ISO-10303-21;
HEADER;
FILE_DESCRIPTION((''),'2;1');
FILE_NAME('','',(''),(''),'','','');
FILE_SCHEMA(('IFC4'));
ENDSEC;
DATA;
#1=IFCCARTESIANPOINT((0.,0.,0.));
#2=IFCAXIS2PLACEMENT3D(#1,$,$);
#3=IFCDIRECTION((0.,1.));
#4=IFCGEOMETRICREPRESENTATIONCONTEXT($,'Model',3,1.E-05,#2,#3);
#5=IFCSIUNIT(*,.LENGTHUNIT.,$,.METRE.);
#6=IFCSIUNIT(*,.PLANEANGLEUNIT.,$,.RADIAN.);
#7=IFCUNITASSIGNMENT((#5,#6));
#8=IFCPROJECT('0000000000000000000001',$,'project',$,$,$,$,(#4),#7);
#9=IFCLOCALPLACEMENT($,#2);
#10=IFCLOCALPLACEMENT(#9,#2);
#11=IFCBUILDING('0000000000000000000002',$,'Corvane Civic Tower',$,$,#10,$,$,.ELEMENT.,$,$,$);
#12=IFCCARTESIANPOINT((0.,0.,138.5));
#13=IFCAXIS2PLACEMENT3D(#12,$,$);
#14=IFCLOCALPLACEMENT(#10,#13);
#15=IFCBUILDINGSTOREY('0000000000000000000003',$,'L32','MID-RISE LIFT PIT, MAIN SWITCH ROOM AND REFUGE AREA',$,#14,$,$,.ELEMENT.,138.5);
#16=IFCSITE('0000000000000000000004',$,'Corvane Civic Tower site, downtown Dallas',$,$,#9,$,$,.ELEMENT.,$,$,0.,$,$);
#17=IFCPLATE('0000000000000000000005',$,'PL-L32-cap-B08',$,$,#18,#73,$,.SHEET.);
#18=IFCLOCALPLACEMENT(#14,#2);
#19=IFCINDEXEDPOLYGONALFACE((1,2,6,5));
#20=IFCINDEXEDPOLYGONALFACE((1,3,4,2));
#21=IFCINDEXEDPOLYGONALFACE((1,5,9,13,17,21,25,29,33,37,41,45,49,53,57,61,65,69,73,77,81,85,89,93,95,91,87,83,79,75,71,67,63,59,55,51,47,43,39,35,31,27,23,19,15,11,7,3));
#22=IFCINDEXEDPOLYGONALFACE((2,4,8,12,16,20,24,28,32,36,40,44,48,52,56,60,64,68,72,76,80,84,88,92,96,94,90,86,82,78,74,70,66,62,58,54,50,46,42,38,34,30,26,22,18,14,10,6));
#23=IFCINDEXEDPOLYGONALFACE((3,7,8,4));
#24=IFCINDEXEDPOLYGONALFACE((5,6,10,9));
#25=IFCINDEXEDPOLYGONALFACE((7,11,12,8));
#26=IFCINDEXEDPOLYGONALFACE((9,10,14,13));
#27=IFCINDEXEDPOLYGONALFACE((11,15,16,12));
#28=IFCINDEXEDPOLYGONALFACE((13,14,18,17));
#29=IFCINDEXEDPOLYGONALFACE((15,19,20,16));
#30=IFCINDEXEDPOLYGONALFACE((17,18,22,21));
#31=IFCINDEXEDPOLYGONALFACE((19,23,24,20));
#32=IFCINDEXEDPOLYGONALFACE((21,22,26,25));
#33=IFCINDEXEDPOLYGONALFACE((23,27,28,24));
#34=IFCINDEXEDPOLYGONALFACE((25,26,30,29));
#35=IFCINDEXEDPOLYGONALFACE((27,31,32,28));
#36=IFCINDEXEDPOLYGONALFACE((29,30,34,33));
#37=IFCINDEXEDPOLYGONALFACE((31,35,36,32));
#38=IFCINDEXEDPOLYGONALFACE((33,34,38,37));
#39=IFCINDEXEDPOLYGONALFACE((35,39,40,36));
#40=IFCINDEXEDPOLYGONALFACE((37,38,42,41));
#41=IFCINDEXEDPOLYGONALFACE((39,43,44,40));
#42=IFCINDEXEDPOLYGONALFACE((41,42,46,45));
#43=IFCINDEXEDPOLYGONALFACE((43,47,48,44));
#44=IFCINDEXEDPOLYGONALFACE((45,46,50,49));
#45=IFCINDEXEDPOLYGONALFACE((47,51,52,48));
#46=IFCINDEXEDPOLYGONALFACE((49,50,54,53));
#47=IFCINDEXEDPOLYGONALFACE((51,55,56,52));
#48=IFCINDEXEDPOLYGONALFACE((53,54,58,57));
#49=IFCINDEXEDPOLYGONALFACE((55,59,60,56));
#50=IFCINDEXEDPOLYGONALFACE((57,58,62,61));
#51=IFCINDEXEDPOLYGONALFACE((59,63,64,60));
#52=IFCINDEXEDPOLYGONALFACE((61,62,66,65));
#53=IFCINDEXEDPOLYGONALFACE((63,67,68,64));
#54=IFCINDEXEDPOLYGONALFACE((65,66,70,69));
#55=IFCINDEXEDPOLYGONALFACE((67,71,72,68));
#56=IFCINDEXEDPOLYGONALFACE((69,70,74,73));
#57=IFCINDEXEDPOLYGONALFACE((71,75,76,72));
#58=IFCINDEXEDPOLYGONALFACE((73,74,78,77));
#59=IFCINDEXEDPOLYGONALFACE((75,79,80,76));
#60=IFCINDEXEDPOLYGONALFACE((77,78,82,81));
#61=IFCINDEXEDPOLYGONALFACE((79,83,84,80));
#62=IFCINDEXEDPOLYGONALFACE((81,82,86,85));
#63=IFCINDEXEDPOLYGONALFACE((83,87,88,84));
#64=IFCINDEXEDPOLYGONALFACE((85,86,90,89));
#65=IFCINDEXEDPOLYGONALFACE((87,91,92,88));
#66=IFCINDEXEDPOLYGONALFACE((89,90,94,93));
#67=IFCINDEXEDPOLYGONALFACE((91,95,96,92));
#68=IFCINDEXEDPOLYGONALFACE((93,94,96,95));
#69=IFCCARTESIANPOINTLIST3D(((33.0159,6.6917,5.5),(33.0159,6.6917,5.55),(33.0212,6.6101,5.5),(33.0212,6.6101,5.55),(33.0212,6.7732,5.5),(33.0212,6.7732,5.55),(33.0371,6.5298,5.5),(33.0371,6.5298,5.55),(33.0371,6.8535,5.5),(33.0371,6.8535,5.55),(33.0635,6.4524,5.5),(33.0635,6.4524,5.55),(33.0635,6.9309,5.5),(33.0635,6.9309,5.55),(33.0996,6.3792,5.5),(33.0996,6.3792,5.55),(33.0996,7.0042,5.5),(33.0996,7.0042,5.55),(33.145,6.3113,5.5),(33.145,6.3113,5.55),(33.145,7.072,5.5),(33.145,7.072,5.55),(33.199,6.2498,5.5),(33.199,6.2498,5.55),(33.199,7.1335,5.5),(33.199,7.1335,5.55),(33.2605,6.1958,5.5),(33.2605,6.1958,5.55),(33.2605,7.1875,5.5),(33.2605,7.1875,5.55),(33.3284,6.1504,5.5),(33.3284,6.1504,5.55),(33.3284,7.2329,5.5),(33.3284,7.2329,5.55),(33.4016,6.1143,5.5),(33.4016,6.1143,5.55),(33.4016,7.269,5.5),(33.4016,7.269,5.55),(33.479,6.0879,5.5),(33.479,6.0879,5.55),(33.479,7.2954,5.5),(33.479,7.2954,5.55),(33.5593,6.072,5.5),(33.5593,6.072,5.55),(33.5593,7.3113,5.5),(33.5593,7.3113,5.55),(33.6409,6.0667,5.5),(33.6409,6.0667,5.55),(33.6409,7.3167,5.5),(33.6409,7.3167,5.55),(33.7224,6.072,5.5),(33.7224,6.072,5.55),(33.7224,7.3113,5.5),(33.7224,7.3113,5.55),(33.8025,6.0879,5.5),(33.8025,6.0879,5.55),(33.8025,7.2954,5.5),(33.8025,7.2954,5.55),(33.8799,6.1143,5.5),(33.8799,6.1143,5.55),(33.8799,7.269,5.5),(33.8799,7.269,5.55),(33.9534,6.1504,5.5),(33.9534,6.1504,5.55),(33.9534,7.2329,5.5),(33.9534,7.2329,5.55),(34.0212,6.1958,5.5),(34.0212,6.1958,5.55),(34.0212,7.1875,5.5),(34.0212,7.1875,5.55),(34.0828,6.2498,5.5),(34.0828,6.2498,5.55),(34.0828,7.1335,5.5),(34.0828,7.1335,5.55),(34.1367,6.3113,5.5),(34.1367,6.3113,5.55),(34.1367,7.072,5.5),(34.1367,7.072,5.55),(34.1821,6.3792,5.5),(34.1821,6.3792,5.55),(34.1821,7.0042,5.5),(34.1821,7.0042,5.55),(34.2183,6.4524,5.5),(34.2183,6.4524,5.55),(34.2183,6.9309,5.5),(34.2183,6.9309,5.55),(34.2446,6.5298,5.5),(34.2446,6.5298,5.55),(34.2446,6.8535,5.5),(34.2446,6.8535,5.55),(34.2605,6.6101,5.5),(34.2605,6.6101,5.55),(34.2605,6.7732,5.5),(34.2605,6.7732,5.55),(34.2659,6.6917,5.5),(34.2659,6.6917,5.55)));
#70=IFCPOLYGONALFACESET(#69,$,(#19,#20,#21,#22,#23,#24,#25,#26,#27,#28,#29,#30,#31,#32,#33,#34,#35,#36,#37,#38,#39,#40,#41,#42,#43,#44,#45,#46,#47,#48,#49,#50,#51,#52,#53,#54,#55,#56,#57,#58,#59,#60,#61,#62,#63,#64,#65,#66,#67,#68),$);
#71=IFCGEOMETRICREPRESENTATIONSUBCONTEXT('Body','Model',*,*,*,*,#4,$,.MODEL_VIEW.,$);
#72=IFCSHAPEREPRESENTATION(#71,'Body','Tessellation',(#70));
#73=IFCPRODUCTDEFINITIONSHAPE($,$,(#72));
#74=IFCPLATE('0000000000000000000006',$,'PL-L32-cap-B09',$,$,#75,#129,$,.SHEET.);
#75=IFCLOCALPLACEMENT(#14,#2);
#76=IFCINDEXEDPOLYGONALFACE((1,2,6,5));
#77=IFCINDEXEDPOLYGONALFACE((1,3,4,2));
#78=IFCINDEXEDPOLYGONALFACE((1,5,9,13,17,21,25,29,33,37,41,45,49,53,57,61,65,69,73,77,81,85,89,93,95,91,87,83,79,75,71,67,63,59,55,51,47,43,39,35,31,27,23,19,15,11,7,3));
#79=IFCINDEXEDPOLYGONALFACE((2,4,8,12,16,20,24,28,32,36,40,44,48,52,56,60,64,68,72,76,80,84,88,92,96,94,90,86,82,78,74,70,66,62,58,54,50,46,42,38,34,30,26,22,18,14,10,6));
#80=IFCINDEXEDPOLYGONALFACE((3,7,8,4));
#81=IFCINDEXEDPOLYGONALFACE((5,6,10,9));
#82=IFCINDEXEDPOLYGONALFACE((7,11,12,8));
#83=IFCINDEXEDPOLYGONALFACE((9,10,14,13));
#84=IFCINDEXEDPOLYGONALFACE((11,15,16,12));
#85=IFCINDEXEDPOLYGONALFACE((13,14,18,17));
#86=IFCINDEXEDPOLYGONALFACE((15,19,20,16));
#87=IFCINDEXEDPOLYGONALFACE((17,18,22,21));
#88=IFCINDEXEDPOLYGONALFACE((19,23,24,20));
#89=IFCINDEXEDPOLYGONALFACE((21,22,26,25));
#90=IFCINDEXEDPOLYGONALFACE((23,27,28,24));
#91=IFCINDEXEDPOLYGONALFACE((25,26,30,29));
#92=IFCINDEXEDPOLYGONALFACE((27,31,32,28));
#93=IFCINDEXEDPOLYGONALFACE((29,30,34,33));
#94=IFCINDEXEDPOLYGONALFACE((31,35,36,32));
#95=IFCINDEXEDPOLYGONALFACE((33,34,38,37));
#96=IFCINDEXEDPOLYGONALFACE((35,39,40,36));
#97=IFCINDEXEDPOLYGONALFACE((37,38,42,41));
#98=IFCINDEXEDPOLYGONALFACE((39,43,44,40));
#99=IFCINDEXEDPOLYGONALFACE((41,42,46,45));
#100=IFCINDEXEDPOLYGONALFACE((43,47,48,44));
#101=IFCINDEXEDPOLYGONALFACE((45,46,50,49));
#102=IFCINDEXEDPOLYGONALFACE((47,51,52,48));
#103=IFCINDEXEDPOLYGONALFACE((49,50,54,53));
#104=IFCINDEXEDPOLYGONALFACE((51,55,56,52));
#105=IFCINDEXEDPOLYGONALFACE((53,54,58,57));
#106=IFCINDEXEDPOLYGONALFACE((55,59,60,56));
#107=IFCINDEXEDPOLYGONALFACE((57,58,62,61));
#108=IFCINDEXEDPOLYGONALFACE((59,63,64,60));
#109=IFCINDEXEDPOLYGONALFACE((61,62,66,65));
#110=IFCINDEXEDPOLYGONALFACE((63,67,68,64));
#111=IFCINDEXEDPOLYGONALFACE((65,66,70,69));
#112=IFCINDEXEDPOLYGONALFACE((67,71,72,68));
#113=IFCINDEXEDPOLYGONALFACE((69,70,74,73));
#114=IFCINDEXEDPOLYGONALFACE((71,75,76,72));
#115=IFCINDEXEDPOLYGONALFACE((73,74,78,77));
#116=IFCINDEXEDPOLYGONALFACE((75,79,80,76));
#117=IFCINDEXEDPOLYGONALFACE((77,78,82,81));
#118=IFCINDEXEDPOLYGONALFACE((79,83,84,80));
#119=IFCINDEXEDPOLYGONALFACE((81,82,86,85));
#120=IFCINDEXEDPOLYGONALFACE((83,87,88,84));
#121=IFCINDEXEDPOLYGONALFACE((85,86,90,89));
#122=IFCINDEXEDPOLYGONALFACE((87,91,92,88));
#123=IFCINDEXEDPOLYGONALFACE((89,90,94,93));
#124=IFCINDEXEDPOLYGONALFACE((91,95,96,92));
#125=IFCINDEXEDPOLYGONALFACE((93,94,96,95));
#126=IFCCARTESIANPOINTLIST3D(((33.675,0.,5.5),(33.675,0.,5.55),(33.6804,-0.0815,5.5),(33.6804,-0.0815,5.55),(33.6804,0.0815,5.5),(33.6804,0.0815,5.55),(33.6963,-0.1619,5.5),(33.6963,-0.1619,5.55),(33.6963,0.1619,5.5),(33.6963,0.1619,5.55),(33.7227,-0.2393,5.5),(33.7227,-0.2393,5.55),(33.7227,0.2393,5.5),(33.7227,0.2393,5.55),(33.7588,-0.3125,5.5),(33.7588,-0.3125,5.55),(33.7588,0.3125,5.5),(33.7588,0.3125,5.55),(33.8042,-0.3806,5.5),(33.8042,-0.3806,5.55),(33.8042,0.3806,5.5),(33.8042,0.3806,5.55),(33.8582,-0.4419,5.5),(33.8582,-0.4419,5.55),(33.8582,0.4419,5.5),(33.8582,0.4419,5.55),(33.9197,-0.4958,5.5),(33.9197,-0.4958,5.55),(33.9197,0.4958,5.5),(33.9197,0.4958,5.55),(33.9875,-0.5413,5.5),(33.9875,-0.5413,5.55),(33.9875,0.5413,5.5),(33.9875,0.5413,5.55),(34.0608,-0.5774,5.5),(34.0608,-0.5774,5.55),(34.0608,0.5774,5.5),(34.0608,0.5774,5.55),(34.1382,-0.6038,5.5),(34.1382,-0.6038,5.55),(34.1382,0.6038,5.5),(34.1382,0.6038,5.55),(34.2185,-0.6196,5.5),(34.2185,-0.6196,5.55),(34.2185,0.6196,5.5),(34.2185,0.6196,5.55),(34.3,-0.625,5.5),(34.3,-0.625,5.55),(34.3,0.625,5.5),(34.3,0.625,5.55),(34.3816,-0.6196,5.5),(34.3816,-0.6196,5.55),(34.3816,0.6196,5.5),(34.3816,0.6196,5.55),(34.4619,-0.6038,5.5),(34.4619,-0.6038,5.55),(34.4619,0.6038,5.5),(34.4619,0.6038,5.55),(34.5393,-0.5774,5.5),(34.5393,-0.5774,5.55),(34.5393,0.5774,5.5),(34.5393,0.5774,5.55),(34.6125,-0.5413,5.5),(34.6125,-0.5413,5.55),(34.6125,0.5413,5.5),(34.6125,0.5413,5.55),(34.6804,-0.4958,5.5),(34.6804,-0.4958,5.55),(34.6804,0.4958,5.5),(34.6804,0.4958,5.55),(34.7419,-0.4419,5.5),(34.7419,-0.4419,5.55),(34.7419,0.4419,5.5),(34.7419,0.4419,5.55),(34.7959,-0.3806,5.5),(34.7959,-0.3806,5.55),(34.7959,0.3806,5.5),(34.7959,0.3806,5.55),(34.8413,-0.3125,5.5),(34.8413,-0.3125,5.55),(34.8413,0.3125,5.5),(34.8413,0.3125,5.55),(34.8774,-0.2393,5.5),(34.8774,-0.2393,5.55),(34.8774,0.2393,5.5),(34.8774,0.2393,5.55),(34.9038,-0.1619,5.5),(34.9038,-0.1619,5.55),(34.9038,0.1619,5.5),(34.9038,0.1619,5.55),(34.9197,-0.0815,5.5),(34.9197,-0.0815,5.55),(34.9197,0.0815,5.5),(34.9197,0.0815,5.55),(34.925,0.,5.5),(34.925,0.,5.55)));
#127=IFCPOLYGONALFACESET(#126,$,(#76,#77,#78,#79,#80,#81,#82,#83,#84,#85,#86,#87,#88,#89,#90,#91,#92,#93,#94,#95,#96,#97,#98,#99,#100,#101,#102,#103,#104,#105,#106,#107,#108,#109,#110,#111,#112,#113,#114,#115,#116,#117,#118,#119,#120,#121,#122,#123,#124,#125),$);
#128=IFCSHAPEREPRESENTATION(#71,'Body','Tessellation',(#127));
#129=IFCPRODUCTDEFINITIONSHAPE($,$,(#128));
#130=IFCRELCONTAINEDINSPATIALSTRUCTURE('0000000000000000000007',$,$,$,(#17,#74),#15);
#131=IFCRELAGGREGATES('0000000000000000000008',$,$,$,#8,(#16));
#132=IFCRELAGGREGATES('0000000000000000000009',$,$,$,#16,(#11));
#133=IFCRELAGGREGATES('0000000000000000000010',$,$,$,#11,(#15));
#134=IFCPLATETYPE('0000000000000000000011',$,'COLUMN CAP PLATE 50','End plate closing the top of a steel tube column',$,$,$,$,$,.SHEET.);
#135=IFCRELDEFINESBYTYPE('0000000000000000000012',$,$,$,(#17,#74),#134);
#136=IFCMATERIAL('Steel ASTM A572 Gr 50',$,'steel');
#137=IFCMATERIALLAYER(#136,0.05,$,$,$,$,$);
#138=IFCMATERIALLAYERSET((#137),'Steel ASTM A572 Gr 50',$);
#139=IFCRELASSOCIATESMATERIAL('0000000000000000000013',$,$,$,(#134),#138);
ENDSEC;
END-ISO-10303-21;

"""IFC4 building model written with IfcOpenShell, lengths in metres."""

from ifc_helpers import new_model, si_unit, direction, frame, origin, place, context, subcontext, project, spatial, polyline, outline, extrude, material, layer, layer_set, type_object, element, save


model = new_model("IFC4")

# Units and contexts
model_context = context("Model", 3, precision=1e-05, world=origin(), true_north=direction((0.0, 1.0)))
body_context = subcontext(model_context, "Body", "Model", "MODEL_VIEW")
ifc_project = project(units=[si_unit("LENGTHUNIT", "METRE"), si_unit("PLANEANGLEUNIT", "RADIAN")], contexts=[model_context])

# Site, building, storey
site_placement = place(None, origin())
site = spatial("IfcSite", under=ifc_project, at=site_placement, Name="Corvane Civic Tower site, downtown Dallas", CompositionType="ELEMENT", RefElevation=0.0)
building_placement = place(site_placement, origin())
building = spatial("IfcBuilding", under=site, at=building_placement, Name="Corvane Civic Tower", CompositionType="ELEMENT")
storey_placement = place(building_placement, frame((0.0, 0.0, 138.5)))
storey = spatial("IfcBuildingStorey", under=building, at=storey_placement, Name="L32", Description="MID-RISE LIFT PIT, MAIN SWITCH ROOM AND REFUGE AREA", CompositionType="ELEMENT", Elevation=138.5)

# Plates
ifc_material_1 = material(Name="Steel ASTM A572 Gr 50", Category="steel")
ifc_layer_1 = layer(ifc_material_1, 0.05)
ifc_layer_set_1 = layer_set([ifc_layer_1], Name="Steel ASTM A572 Gr 50")
plate_type = type_object("IfcPlateType", Name="COLUMN CAP PLATE 50", Description="End plate closing the top of a steel tube column", PredefinedType="SHEET", material=ifc_layer_set_1)
plate_1_placement = place(storey_placement, frame((0.0, 0.0, 5.5)))
element("IfcPlate", 1, at=plate_1_placement, inside=storey, type_object=plate_type, Name="PL-L32-cap-B08", PredefinedType="SHEET", context=body_context, shape_type="SweptSolid", body=[
    extrude(outline(polyline([(34.2659, 6.6917), (34.2605, 6.7732), (34.2446, 6.8535), (34.2183, 6.9309), (34.1821, 7.0042), (34.1367, 7.072), (34.0828, 7.1335), (34.0212, 7.1875), (33.9534, 7.2329), (33.8799, 7.269), (33.8025, 7.2954), (33.7224, 7.3113), (33.6409, 7.3167), (33.5593, 7.3113), (33.479, 7.2954), (33.4016, 7.269), (33.3284, 7.2329), (33.2605, 7.1875), (33.199, 7.1335), (33.145, 7.072), (33.0996, 7.0042), (33.0635, 6.9309), (33.0371, 6.8535), (33.0212, 6.7732), (33.0159, 6.6917), (33.0212, 6.6101), (33.0371, 6.5298), (33.0635, 6.4524), (33.0996, 6.3792), (33.145, 6.3113), (33.199, 6.2498), (33.2605, 6.1958), (33.3284, 6.1504), (33.4016, 6.1143), (33.479, 6.0879), (33.5593, 6.072), (33.6409, 6.0667), (33.7224, 6.072), (33.8025, 6.0879), (33.8799, 6.1143), (33.9534, 6.1504), (34.0212, 6.1958), (34.0828, 6.2498), (34.1367, 6.3113), (34.1821, 6.3792), (34.2183, 6.4524), (34.2446, 6.5298), (34.2605, 6.6101), (34.2659, 6.6917)])), origin(), (0.0, 0.0, 1.0), 0.05),
])
plate_2_placement = place(storey_placement, frame((0.0, 0.0, 5.5)))
element("IfcPlate", 2, at=plate_2_placement, inside=storey, type_object=plate_type, Name="PL-L32-cap-B09", PredefinedType="SHEET", context=body_context, shape_type="SweptSolid", body=[
    extrude(outline(polyline([(34.925, 0.0), (34.9197, 0.0815), (34.9038, 0.1619), (34.8774, 0.2393), (34.8413, 0.3125), (34.7959, 0.3806), (34.7419, 0.4419), (34.6804, 0.4958), (34.6125, 0.5413), (34.5393, 0.5774), (34.4619, 0.6038), (34.3816, 0.6196), (34.3, 0.625), (34.2185, 0.6196), (34.1382, 0.6038), (34.0608, 0.5774), (33.9875, 0.5413), (33.9197, 0.4958), (33.8582, 0.4419), (33.8042, 0.3806), (33.7588, 0.3125), (33.7227, 0.2393), (33.6963, 0.1619), (33.6804, 0.0815), (33.675, 0.0), (33.6804, -0.0815), (33.6963, -0.1619), (33.7227, -0.2393), (33.7588, -0.3125), (33.8042, -0.3806), (33.8582, -0.4419), (33.9197, -0.4958), (33.9875, -0.5413), (34.0608, -0.5774), (34.1382, -0.6038), (34.2185, -0.6196), (34.3, -0.625), (34.3816, -0.6196), (34.4619, -0.6038), (34.5393, -0.5774), (34.6125, -0.5413), (34.6804, -0.4958), (34.7419, -0.4419), (34.7959, -0.3806), (34.8413, -0.3125), (34.8774, -0.2393), (34.9038, -0.1619), (34.9197, -0.0815), (34.925, 0.0)])), origin(), (0.0, 0.0, 1.0), 0.05),
])

save(model, "model.ifc")
